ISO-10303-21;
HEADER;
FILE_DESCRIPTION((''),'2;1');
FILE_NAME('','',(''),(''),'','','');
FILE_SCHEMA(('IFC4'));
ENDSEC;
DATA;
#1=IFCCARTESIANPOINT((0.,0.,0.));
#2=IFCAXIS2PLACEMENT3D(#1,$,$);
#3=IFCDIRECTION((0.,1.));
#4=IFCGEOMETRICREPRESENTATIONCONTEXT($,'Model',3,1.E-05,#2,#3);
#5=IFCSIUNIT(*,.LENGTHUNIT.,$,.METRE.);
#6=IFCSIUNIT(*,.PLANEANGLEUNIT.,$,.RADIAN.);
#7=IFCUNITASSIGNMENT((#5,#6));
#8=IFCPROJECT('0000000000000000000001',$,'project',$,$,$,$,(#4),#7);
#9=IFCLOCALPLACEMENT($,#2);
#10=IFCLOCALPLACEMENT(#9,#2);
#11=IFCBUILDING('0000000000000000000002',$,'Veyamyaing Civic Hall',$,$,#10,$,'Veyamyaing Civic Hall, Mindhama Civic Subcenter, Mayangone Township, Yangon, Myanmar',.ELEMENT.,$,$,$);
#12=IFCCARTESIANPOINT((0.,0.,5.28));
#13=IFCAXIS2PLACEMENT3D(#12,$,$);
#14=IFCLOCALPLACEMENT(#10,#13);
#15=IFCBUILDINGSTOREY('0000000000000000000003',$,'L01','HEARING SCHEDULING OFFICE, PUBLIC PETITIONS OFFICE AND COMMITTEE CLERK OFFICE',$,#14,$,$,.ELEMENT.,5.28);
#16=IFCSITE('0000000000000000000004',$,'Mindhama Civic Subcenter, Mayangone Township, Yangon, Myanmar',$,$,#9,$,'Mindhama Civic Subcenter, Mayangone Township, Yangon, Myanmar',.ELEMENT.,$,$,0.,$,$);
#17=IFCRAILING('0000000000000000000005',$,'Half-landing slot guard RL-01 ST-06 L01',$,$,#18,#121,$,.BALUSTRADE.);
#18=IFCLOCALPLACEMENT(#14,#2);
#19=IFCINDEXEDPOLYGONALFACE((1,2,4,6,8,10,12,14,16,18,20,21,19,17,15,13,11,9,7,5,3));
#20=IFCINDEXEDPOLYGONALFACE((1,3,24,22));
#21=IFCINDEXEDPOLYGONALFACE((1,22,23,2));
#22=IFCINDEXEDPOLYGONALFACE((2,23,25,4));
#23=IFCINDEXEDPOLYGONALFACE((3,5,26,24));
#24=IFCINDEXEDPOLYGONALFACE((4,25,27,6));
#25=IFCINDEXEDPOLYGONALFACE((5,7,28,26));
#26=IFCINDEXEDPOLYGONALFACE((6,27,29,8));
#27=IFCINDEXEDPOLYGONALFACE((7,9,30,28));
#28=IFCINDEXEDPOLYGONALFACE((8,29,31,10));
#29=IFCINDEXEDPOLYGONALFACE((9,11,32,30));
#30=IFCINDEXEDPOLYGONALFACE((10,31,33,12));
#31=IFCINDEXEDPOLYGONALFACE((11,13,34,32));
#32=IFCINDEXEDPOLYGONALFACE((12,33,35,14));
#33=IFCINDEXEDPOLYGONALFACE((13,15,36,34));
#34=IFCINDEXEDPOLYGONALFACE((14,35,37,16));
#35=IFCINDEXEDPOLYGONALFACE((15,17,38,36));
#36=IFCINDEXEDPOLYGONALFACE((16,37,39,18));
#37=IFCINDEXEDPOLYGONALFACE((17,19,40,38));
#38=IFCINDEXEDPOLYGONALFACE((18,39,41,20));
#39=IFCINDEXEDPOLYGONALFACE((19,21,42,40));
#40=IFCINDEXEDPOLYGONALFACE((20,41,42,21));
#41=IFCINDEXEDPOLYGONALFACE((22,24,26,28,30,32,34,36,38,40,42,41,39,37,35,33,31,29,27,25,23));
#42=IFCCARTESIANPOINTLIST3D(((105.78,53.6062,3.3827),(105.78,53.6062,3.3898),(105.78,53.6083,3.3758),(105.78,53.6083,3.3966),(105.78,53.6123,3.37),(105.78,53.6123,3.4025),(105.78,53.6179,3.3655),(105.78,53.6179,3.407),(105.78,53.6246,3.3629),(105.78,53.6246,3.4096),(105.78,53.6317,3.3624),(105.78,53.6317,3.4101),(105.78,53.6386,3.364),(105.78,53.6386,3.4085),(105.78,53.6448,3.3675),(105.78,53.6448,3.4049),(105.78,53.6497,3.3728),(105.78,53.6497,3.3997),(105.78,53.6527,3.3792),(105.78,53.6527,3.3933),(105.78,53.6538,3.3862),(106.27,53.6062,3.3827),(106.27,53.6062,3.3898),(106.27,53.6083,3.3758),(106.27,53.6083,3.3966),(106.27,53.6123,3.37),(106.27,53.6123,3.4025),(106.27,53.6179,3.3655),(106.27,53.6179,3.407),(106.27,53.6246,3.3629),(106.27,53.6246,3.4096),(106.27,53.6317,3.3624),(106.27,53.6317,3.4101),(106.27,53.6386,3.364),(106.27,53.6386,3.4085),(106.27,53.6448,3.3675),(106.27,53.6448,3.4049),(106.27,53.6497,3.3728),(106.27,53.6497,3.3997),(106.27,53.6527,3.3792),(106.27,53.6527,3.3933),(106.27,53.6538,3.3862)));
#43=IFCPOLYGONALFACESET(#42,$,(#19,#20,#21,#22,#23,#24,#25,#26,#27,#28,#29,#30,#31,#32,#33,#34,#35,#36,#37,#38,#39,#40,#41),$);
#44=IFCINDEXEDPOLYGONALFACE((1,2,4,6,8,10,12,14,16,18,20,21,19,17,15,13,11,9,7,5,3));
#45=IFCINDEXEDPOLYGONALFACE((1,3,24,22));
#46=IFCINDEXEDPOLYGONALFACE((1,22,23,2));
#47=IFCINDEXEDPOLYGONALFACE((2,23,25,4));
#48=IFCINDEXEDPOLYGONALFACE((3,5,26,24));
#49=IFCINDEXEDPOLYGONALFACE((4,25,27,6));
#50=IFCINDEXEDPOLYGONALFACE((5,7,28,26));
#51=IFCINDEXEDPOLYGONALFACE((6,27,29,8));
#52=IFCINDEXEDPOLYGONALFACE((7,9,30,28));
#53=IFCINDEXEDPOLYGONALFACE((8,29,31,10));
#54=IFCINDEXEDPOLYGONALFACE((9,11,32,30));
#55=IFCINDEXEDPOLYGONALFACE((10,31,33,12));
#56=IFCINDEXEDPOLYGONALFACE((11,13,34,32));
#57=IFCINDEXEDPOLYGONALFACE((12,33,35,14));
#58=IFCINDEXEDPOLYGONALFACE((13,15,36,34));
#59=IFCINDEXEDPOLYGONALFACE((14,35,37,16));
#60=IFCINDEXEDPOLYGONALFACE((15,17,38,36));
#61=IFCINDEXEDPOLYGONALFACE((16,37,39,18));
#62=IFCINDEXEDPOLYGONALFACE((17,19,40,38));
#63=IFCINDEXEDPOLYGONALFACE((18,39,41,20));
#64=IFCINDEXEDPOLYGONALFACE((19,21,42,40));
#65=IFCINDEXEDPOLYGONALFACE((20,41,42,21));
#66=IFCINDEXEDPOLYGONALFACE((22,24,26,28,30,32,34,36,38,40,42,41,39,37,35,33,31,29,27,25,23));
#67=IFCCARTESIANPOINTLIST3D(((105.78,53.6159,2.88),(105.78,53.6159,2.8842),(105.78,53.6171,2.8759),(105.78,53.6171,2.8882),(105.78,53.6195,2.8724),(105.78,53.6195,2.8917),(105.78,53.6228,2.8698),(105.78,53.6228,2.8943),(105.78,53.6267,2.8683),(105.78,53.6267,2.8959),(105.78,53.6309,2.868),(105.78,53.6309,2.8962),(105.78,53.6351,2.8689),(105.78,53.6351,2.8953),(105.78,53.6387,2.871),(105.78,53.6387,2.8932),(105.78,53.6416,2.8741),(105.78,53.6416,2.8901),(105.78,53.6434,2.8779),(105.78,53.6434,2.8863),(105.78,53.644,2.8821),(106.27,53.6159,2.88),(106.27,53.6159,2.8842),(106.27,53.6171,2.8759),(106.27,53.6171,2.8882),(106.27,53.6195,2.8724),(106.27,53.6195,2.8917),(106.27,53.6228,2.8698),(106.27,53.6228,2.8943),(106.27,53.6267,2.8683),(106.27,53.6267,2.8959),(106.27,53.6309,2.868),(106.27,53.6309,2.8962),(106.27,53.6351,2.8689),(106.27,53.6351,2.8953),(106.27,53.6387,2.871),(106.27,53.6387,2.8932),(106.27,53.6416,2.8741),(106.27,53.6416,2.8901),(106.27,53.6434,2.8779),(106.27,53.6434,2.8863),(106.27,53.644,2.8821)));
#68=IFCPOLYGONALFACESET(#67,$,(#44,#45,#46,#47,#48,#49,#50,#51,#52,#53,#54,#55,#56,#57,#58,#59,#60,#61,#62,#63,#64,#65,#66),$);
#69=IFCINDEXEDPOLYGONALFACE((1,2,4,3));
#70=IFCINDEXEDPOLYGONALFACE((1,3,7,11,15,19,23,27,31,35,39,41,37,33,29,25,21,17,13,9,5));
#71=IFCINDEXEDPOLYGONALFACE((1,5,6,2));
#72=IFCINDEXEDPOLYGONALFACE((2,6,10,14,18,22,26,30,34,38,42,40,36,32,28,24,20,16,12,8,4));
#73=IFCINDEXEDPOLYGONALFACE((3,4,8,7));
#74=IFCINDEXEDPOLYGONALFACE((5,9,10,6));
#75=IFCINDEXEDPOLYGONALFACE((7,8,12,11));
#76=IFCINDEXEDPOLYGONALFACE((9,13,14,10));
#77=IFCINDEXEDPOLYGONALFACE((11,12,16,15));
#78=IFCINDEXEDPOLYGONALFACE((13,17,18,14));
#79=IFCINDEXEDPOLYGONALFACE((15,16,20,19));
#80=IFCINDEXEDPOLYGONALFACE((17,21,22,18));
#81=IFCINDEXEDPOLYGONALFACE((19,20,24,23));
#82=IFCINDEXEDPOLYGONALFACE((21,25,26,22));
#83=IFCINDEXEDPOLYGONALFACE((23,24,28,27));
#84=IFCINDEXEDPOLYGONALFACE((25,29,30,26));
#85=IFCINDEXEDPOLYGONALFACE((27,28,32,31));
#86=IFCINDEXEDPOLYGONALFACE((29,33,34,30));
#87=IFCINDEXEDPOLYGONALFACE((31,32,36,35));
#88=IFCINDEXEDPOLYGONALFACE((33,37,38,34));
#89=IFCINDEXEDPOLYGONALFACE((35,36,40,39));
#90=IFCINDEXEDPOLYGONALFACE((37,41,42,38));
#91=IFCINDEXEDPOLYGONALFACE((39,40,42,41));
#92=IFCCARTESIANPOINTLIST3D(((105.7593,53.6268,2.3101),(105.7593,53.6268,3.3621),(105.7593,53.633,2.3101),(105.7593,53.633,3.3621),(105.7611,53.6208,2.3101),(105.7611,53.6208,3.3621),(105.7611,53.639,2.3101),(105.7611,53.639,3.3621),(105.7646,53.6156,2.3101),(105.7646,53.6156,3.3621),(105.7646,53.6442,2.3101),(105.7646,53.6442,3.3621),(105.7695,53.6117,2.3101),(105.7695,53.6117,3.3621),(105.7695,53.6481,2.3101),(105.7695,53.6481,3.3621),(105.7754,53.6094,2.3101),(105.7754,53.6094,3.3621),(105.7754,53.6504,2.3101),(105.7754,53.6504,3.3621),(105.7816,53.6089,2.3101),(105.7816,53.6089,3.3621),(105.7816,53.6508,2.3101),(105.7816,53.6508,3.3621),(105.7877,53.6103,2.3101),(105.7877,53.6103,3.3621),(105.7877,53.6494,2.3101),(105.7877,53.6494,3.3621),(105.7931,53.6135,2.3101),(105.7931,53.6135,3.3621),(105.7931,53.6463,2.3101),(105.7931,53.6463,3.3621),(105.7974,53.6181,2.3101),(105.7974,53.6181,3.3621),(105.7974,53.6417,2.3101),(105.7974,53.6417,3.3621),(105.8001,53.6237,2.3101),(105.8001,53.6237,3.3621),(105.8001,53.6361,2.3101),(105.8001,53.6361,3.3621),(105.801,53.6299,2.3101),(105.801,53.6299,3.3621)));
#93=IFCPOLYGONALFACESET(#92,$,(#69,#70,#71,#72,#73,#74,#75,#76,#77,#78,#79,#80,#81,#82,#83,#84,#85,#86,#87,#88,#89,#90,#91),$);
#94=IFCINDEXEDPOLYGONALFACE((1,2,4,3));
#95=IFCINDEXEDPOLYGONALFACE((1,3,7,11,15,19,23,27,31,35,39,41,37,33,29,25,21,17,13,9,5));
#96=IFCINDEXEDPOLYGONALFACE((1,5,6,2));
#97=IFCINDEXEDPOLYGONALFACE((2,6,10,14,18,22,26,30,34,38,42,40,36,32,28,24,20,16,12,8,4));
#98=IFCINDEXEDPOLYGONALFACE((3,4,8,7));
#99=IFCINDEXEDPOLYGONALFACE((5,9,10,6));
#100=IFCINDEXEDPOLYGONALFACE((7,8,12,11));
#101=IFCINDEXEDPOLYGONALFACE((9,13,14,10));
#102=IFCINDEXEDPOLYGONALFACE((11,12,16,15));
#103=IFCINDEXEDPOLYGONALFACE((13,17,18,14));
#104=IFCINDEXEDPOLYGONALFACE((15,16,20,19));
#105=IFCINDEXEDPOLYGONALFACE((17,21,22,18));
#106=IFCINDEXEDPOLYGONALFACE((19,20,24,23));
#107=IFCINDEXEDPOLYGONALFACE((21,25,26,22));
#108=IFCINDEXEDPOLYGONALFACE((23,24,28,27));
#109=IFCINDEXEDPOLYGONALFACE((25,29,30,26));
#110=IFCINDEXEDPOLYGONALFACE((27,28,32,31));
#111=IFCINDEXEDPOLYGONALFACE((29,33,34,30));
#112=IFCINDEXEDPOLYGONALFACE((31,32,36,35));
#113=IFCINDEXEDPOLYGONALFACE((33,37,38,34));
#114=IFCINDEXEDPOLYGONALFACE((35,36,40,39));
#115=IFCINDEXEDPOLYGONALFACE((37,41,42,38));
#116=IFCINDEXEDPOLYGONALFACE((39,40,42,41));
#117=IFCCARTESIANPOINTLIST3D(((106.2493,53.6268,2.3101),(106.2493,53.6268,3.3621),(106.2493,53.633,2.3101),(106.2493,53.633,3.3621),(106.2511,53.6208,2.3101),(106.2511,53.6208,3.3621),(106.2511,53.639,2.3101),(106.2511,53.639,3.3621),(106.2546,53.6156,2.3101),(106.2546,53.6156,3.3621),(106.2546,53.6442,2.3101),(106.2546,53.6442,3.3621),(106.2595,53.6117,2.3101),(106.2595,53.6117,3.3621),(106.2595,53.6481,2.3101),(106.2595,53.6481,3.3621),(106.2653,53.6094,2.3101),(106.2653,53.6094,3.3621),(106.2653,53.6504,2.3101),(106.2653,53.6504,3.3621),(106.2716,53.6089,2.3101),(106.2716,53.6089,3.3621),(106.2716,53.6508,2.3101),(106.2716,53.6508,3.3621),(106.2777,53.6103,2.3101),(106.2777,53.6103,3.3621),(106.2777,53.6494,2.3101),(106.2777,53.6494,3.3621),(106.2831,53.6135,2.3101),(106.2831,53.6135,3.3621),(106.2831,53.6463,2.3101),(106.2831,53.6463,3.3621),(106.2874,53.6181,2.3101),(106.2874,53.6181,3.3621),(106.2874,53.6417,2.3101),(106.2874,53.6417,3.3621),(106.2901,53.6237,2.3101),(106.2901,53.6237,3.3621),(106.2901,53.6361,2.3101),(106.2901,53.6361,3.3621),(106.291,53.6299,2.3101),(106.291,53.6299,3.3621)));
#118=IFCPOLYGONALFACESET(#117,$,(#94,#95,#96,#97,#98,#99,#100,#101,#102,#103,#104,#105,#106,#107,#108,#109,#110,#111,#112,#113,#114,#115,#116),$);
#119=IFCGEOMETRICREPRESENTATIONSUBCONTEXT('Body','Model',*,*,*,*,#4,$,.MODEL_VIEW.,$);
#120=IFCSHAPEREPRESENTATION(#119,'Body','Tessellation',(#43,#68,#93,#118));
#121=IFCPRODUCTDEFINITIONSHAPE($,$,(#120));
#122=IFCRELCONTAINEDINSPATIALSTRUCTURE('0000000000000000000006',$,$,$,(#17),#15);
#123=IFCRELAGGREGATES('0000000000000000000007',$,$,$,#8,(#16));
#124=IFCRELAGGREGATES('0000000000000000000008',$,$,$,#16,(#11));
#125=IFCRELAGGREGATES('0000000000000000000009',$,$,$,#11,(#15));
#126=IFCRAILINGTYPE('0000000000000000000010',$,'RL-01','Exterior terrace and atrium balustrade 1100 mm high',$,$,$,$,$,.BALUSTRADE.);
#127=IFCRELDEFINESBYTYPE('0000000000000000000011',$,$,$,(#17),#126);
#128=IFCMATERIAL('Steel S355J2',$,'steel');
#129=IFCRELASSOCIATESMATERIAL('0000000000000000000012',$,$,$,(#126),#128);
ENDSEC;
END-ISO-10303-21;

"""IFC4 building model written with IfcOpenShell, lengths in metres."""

from ifc_helpers import new_model, si_unit, direction, frame, origin, origin_2d, place, context, subcontext, project, spatial, circle, extrude, material, type_object, element, save


model = new_model("IFC4")

# Units and contexts
model_context = context("Model", 3, precision=1e-05, world=origin(), true_north=direction((0.0, 1.0)))
body_context = subcontext(model_context, "Body", "Model", "MODEL_VIEW")
ifc_project = project(units=[si_unit("LENGTHUNIT", "METRE"), si_unit("PLANEANGLEUNIT", "RADIAN")], contexts=[model_context])

# Site, building, storey
site_placement = place(None, origin())
site = spatial("IfcSite", under=ifc_project, at=site_placement, Name="Mindhama Civic Subcenter, Mayangone Township, Yangon, Myanmar", LongName="Mindhama Civic Subcenter, Mayangone Township, Yangon, Myanmar", CompositionType="ELEMENT", RefElevation=0.0)
building_placement = place(site_placement, origin())
building = spatial("IfcBuilding", under=site, at=building_placement, Name="Veyamyaing Civic Hall", LongName="Veyamyaing Civic Hall, Mindhama Civic Subcenter, Mayangone Township, Yangon, Myanmar", CompositionType="ELEMENT")
storey_placement = place(building_placement, frame((0.0, 0.0, 5.28)))
storey = spatial("IfcBuildingStorey", under=building, at=storey_placement, Name="L01", Description="HEARING SCHEDULING OFFICE, PUBLIC PETITIONS OFFICE AND COMMITTEE CLERK OFFICE", CompositionType="ELEMENT", Elevation=5.28)

# Railing
ifc_material_1 = material(Name="Steel S355J2", Category="steel")
railing_type_1 = type_object("IfcRailingType", Name="RL-01", Description="Exterior terrace and atrium balustrade 1100 mm high", PredefinedType="BALUSTRADE", material=ifc_material_1)
railing_1_placement = place(storey_placement, frame((105.78, 53.6299, 2.3101)))
element("IfcRailing", 1, at=railing_1_placement, inside=storey, type_object=railing_type_1, Name="Half-landing slot guard RL-01 ST-06 L01", PredefinedType="BALUSTRADE", context=body_context, shape_type="SweptSolid", body=[
    extrude(circle(Radius=0.0239, at=origin_2d()), frame((0.0, 0.0, 1.0762), z_axis=(1.0, 0.0, 0.0), x_axis=(0.0, 1.0, 0.0)), (0.0, 0.0, 1.0), 0.49),
    extrude(circle(Radius=0.0142, at=origin_2d()), frame((0.0, 0.0, 0.572), z_axis=(1.0, 0.0, 0.0), x_axis=(0.0, 1.0, 0.0)), (0.0, 0.0, 1.0), 0.49),
    extrude(circle(Radius=0.021, at=origin_2d()), origin(), (0.0, 0.0, 1.0), 1.052),
    extrude(circle(Radius=0.021, at=origin_2d()), frame((0.49, 0.0, 0.0)), (0.0, 0.0, 1.0), 1.052),
])

save(model, "model.ifc")
